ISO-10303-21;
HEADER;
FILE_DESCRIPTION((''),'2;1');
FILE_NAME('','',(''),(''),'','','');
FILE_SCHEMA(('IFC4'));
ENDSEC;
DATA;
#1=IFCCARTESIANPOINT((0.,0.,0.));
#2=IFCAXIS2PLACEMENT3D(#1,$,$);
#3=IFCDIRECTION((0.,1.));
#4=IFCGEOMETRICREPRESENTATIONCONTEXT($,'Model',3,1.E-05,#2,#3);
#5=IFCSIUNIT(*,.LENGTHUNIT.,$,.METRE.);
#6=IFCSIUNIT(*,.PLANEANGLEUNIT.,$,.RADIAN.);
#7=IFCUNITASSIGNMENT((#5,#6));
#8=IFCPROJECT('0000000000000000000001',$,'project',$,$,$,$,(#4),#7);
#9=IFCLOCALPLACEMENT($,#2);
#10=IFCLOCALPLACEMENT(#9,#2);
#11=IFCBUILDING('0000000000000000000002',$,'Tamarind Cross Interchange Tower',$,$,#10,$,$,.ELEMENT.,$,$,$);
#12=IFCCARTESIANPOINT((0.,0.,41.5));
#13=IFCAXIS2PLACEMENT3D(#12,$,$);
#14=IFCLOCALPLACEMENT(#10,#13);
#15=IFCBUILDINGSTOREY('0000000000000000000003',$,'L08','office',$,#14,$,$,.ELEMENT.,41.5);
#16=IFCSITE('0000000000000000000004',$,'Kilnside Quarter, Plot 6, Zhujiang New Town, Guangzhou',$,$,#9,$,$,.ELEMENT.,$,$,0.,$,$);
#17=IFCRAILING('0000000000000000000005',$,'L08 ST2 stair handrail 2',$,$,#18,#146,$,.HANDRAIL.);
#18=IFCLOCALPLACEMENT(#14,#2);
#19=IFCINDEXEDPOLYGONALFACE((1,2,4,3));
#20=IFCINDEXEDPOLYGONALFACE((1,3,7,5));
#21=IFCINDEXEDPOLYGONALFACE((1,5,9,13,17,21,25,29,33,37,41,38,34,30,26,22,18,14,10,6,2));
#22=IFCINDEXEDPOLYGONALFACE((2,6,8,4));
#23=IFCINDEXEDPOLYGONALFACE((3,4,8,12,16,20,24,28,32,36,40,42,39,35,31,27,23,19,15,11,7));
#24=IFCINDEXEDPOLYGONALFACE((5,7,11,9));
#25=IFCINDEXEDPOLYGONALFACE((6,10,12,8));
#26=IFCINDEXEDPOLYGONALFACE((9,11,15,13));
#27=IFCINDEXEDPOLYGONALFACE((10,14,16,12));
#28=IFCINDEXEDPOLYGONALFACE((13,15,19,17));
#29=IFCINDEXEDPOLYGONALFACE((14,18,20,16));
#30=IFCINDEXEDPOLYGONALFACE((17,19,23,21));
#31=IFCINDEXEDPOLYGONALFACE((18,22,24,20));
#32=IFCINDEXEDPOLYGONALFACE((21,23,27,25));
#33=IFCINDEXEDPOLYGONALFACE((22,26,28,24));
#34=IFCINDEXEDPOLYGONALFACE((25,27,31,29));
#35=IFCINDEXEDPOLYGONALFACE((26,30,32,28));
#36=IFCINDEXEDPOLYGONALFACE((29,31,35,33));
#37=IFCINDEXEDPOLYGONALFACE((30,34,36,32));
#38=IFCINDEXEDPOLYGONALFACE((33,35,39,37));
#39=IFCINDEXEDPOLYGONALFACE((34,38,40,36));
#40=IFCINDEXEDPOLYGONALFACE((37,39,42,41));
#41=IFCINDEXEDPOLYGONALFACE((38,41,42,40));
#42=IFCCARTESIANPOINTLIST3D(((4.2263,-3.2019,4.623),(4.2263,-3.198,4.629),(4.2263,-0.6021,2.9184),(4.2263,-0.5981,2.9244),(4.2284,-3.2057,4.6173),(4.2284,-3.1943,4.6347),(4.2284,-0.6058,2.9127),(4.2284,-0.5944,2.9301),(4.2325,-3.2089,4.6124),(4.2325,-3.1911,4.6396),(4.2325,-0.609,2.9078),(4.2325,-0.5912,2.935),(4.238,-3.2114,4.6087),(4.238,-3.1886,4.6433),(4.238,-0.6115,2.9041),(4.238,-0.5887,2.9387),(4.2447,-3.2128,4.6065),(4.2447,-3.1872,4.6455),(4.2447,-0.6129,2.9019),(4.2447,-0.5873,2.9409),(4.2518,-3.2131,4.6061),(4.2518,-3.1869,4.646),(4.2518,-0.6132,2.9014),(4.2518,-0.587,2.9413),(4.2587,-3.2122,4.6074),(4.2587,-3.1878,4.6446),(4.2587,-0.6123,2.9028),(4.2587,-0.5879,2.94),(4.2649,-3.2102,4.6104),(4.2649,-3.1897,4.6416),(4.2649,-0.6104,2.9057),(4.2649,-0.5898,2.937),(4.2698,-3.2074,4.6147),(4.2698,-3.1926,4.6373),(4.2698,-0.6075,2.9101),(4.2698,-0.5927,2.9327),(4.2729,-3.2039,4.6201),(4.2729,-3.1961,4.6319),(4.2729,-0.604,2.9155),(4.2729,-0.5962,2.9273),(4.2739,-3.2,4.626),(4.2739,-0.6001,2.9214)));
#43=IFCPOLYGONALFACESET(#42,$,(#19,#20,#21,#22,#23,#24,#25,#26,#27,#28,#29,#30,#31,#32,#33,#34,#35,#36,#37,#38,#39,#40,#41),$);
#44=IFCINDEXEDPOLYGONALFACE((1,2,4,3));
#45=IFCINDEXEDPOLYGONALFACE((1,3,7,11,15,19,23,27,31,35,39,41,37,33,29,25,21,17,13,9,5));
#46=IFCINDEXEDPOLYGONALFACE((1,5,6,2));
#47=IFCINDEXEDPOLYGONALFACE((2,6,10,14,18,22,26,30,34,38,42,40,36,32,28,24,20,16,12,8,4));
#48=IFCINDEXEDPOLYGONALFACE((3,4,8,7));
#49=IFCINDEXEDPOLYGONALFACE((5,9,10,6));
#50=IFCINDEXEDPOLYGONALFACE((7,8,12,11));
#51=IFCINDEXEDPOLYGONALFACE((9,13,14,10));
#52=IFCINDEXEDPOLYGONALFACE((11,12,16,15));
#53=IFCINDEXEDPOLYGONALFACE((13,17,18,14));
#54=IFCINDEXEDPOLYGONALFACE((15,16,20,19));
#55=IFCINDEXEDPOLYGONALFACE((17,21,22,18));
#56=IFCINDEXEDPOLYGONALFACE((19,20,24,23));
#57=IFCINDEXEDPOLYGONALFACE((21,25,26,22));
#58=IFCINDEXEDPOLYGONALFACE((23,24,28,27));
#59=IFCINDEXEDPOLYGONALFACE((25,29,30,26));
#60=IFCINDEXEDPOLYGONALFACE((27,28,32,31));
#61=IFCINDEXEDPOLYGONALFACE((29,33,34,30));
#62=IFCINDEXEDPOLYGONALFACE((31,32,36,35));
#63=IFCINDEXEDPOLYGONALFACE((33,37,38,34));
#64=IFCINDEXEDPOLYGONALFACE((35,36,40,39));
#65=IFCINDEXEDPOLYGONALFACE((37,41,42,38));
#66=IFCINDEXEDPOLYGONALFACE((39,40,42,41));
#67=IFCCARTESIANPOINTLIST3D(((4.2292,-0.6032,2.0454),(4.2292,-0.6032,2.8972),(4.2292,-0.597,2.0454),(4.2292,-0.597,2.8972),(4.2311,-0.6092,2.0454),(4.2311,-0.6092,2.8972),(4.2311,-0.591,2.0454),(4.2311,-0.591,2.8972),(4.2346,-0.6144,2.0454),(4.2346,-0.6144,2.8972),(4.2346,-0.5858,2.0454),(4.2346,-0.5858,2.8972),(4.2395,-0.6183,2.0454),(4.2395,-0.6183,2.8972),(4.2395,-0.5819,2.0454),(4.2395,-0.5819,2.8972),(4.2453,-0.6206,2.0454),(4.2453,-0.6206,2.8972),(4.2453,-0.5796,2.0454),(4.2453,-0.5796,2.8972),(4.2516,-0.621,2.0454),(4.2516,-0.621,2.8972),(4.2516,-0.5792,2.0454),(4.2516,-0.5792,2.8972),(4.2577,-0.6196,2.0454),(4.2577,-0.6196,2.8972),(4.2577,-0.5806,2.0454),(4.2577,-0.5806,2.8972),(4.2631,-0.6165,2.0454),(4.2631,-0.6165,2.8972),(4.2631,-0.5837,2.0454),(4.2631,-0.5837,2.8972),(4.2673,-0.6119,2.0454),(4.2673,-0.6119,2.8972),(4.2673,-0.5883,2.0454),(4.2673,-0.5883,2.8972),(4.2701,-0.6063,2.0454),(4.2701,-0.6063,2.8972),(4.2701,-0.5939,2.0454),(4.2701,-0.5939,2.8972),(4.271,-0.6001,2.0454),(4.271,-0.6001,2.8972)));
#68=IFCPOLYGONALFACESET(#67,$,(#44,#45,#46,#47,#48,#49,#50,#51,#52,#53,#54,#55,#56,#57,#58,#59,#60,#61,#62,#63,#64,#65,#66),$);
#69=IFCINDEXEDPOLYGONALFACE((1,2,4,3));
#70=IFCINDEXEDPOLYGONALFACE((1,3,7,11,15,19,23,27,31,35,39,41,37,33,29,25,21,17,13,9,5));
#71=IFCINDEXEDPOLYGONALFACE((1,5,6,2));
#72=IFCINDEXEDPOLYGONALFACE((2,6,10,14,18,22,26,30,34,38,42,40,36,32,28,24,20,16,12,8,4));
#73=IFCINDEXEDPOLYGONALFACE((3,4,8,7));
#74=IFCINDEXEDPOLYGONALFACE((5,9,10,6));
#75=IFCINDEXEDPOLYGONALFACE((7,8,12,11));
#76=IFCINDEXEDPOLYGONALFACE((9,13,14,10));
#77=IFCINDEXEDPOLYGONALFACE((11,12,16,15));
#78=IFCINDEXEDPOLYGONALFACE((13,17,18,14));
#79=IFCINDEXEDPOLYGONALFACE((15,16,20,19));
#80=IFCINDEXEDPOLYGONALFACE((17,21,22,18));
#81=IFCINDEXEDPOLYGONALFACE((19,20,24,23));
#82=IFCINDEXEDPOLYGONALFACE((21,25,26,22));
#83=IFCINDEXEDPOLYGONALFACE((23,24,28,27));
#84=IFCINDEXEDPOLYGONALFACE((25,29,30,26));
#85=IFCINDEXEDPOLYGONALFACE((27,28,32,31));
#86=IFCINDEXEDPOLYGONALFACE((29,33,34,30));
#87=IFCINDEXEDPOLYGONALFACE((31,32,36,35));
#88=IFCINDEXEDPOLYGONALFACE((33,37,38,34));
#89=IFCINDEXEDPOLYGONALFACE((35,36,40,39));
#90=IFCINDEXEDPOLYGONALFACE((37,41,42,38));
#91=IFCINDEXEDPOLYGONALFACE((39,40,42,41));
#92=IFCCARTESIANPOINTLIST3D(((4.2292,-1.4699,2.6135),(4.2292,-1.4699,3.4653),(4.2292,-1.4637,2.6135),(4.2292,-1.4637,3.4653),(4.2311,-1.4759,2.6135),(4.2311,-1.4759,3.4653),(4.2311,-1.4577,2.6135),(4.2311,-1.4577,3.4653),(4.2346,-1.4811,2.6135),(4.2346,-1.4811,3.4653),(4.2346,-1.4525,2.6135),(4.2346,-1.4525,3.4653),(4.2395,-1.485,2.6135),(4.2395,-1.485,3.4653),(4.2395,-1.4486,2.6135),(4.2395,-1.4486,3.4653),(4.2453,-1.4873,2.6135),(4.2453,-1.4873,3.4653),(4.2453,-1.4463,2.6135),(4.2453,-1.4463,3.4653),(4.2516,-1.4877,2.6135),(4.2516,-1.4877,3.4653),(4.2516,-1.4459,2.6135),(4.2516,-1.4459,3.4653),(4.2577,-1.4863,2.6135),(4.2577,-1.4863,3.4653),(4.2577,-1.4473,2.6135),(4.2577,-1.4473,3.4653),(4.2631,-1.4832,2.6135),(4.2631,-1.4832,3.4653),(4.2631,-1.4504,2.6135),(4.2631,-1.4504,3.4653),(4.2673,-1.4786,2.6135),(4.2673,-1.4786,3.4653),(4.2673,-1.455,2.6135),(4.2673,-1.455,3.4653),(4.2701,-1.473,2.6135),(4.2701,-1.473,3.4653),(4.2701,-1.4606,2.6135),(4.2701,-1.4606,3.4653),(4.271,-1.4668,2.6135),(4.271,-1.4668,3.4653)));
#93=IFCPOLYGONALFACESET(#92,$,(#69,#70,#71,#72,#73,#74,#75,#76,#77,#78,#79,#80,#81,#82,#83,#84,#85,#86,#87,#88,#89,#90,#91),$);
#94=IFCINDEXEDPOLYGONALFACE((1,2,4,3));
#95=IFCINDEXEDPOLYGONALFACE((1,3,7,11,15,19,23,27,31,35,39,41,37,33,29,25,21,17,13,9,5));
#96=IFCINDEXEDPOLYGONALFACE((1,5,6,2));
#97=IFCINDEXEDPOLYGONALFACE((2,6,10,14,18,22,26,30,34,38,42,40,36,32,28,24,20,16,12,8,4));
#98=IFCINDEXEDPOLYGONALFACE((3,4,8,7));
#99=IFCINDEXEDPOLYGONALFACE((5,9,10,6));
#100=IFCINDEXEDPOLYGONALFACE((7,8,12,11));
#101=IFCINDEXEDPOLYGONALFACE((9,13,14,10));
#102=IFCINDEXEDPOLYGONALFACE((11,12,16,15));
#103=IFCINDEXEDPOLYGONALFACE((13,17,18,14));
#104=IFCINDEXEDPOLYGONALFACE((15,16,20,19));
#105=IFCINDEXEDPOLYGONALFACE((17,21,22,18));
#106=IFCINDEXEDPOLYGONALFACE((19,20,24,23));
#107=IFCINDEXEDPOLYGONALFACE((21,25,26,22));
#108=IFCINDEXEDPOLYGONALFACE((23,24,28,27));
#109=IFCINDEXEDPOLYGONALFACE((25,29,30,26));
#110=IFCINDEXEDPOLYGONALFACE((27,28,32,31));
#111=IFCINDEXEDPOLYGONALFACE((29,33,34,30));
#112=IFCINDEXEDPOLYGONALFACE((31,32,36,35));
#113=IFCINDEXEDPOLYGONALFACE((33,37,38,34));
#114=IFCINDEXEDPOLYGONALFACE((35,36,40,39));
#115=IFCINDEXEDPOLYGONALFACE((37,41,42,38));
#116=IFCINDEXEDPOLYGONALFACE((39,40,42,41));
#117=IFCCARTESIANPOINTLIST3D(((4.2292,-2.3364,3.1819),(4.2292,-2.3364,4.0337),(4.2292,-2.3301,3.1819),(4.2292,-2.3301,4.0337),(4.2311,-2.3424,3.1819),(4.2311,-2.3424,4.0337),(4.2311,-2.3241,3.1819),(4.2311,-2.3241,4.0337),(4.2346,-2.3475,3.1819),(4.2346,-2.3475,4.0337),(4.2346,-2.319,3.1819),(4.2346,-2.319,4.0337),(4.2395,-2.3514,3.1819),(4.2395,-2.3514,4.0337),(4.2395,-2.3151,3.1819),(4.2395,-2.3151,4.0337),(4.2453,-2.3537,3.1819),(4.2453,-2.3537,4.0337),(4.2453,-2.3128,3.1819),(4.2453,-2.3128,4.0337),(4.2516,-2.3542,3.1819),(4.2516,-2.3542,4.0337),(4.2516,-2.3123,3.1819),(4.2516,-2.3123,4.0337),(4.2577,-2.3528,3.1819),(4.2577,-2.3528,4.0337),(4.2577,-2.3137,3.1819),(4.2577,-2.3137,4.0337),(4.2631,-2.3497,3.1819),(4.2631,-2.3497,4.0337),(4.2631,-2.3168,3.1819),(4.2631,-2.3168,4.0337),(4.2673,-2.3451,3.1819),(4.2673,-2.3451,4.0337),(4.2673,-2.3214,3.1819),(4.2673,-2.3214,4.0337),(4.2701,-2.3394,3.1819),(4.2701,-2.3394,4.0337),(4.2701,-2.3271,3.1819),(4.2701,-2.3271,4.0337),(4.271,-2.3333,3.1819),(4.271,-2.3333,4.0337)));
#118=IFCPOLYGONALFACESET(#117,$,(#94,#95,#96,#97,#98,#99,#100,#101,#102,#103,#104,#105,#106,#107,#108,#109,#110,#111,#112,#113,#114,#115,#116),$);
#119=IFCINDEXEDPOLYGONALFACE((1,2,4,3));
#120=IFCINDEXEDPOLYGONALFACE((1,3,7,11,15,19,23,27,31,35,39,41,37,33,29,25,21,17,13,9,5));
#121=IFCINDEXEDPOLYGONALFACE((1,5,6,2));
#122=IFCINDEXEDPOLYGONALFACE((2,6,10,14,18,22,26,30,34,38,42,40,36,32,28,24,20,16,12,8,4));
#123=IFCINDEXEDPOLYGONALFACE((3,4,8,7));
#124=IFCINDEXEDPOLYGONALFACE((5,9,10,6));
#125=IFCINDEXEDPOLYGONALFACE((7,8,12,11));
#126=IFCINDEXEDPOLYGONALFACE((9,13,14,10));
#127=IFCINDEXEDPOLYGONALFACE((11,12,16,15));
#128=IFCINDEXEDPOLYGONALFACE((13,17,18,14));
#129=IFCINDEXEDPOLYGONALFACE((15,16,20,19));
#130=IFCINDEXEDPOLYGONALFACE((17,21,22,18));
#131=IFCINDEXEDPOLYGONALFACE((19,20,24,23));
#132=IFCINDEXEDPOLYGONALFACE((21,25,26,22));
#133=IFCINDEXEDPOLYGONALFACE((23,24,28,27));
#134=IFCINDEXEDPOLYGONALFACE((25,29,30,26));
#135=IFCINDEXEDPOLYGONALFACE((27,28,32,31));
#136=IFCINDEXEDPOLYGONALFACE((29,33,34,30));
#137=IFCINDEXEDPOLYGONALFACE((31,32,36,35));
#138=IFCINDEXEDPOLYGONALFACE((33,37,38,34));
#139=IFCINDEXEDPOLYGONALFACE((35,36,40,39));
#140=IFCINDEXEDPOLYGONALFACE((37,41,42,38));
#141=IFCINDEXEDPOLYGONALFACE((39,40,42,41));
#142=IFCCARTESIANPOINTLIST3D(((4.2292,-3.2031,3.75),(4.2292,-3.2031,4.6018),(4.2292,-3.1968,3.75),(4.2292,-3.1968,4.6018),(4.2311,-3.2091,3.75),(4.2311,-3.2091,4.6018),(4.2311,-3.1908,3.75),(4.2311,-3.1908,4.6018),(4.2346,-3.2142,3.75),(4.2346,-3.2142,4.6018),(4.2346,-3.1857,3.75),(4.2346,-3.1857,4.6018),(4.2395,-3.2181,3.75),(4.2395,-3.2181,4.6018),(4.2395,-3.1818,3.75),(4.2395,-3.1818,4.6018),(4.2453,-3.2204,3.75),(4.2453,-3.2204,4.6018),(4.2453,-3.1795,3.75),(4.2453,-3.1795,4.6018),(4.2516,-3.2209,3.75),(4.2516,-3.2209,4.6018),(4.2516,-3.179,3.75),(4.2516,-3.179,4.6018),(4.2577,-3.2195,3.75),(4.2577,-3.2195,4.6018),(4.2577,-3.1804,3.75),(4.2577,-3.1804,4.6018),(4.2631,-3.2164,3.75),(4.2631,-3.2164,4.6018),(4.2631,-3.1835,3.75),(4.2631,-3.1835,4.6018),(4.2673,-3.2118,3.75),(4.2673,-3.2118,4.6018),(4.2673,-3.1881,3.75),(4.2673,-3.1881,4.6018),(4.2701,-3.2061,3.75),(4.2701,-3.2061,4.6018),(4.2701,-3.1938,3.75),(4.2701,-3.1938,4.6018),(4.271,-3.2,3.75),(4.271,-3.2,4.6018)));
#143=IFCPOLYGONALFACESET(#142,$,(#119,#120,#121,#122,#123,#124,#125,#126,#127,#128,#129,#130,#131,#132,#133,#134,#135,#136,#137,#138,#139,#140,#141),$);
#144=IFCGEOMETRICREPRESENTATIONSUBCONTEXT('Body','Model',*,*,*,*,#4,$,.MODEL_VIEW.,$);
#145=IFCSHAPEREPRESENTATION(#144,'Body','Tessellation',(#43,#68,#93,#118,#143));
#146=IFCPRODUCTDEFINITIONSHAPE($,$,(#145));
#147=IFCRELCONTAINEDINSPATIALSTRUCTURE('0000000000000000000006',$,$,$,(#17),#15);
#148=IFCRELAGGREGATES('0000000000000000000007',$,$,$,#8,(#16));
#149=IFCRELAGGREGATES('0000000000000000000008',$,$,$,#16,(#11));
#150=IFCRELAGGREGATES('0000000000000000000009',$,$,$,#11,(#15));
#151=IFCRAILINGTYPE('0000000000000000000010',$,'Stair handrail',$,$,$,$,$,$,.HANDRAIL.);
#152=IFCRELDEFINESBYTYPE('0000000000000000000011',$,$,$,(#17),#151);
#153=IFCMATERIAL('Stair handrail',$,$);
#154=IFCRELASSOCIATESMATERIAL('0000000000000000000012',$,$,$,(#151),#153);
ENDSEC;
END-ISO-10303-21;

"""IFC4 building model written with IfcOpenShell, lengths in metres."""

from ifc_helpers import new_model, si_unit, direction, frame, origin, origin_2d, place, context, subcontext, project, spatial, circle, extrude, material, type_object, element, save


model = new_model("IFC4")

# Units and contexts
model_context = context("Model", 3, precision=1e-05, world=origin(), true_north=direction((0.0, 1.0)))
body_context = subcontext(model_context, "Body", "Model", "MODEL_VIEW")
ifc_project = project(units=[si_unit("LENGTHUNIT", "METRE"), si_unit("PLANEANGLEUNIT", "RADIAN")], contexts=[model_context])

# Site, building, storey
site_placement = place(None, origin())
site = spatial("IfcSite", under=ifc_project, at=site_placement, Name="Kilnside Quarter, Plot 6, Zhujiang New Town, Guangzhou", CompositionType="ELEMENT", RefElevation=0.0)
building_placement = place(site_placement, origin())
building = spatial("IfcBuilding", under=site, at=building_placement, Name="Tamarind Cross Interchange Tower", CompositionType="ELEMENT")
storey_placement = place(building_placement, frame((0.0, 0.0, 41.5)))
storey = spatial("IfcBuildingStorey", under=building, at=storey_placement, Name="L08", Description="office", CompositionType="ELEMENT", Elevation=41.5)

# Railing
ifc_material_1 = material(Name="Stair handrail")
railing_type_1 = type_object("IfcRailingType", Name="Stair handrail", PredefinedType="HANDRAIL", material=ifc_material_1)
railing_1_placement = place(storey_placement, frame((4.25, -0.6001, 2.0454)))
element("IfcRailing", 1, at=railing_1_placement, inside=storey, type_object=railing_type_1, Name="L08 ST2 stair handrail 2", PredefinedType="HANDRAIL", context=body_context, shape_type="SweptSolid", body=[
    extrude(circle(Radius=0.0239, at=origin_2d()), frame((0.0, 0.0, 0.876), z_axis=(0.0, -0.836279, 0.548305), x_axis=(1.0, 0.0, 0.0)), (0.0, 0.0, 1.0), 3.1089),
    extrude(circle(Radius=0.021, at=origin_2d()), origin(), (0.0, 0.0, 1.0), 0.8518),
    extrude(circle(Radius=0.021, at=origin_2d()), frame((0.0, -0.8667, 0.5681)), (0.0, 0.0, 1.0), 0.8518),
    extrude(circle(Radius=0.021, at=origin_2d()), frame((0.0, -1.7332, 1.1365)), (0.0, 0.0, 1.0), 0.8518),
    extrude(circle(Radius=0.021, at=origin_2d()), frame((0.0, -2.5999, 1.7046)), (0.0, 0.0, 1.0), 0.8518),
])

save(model, "model.ifc")
